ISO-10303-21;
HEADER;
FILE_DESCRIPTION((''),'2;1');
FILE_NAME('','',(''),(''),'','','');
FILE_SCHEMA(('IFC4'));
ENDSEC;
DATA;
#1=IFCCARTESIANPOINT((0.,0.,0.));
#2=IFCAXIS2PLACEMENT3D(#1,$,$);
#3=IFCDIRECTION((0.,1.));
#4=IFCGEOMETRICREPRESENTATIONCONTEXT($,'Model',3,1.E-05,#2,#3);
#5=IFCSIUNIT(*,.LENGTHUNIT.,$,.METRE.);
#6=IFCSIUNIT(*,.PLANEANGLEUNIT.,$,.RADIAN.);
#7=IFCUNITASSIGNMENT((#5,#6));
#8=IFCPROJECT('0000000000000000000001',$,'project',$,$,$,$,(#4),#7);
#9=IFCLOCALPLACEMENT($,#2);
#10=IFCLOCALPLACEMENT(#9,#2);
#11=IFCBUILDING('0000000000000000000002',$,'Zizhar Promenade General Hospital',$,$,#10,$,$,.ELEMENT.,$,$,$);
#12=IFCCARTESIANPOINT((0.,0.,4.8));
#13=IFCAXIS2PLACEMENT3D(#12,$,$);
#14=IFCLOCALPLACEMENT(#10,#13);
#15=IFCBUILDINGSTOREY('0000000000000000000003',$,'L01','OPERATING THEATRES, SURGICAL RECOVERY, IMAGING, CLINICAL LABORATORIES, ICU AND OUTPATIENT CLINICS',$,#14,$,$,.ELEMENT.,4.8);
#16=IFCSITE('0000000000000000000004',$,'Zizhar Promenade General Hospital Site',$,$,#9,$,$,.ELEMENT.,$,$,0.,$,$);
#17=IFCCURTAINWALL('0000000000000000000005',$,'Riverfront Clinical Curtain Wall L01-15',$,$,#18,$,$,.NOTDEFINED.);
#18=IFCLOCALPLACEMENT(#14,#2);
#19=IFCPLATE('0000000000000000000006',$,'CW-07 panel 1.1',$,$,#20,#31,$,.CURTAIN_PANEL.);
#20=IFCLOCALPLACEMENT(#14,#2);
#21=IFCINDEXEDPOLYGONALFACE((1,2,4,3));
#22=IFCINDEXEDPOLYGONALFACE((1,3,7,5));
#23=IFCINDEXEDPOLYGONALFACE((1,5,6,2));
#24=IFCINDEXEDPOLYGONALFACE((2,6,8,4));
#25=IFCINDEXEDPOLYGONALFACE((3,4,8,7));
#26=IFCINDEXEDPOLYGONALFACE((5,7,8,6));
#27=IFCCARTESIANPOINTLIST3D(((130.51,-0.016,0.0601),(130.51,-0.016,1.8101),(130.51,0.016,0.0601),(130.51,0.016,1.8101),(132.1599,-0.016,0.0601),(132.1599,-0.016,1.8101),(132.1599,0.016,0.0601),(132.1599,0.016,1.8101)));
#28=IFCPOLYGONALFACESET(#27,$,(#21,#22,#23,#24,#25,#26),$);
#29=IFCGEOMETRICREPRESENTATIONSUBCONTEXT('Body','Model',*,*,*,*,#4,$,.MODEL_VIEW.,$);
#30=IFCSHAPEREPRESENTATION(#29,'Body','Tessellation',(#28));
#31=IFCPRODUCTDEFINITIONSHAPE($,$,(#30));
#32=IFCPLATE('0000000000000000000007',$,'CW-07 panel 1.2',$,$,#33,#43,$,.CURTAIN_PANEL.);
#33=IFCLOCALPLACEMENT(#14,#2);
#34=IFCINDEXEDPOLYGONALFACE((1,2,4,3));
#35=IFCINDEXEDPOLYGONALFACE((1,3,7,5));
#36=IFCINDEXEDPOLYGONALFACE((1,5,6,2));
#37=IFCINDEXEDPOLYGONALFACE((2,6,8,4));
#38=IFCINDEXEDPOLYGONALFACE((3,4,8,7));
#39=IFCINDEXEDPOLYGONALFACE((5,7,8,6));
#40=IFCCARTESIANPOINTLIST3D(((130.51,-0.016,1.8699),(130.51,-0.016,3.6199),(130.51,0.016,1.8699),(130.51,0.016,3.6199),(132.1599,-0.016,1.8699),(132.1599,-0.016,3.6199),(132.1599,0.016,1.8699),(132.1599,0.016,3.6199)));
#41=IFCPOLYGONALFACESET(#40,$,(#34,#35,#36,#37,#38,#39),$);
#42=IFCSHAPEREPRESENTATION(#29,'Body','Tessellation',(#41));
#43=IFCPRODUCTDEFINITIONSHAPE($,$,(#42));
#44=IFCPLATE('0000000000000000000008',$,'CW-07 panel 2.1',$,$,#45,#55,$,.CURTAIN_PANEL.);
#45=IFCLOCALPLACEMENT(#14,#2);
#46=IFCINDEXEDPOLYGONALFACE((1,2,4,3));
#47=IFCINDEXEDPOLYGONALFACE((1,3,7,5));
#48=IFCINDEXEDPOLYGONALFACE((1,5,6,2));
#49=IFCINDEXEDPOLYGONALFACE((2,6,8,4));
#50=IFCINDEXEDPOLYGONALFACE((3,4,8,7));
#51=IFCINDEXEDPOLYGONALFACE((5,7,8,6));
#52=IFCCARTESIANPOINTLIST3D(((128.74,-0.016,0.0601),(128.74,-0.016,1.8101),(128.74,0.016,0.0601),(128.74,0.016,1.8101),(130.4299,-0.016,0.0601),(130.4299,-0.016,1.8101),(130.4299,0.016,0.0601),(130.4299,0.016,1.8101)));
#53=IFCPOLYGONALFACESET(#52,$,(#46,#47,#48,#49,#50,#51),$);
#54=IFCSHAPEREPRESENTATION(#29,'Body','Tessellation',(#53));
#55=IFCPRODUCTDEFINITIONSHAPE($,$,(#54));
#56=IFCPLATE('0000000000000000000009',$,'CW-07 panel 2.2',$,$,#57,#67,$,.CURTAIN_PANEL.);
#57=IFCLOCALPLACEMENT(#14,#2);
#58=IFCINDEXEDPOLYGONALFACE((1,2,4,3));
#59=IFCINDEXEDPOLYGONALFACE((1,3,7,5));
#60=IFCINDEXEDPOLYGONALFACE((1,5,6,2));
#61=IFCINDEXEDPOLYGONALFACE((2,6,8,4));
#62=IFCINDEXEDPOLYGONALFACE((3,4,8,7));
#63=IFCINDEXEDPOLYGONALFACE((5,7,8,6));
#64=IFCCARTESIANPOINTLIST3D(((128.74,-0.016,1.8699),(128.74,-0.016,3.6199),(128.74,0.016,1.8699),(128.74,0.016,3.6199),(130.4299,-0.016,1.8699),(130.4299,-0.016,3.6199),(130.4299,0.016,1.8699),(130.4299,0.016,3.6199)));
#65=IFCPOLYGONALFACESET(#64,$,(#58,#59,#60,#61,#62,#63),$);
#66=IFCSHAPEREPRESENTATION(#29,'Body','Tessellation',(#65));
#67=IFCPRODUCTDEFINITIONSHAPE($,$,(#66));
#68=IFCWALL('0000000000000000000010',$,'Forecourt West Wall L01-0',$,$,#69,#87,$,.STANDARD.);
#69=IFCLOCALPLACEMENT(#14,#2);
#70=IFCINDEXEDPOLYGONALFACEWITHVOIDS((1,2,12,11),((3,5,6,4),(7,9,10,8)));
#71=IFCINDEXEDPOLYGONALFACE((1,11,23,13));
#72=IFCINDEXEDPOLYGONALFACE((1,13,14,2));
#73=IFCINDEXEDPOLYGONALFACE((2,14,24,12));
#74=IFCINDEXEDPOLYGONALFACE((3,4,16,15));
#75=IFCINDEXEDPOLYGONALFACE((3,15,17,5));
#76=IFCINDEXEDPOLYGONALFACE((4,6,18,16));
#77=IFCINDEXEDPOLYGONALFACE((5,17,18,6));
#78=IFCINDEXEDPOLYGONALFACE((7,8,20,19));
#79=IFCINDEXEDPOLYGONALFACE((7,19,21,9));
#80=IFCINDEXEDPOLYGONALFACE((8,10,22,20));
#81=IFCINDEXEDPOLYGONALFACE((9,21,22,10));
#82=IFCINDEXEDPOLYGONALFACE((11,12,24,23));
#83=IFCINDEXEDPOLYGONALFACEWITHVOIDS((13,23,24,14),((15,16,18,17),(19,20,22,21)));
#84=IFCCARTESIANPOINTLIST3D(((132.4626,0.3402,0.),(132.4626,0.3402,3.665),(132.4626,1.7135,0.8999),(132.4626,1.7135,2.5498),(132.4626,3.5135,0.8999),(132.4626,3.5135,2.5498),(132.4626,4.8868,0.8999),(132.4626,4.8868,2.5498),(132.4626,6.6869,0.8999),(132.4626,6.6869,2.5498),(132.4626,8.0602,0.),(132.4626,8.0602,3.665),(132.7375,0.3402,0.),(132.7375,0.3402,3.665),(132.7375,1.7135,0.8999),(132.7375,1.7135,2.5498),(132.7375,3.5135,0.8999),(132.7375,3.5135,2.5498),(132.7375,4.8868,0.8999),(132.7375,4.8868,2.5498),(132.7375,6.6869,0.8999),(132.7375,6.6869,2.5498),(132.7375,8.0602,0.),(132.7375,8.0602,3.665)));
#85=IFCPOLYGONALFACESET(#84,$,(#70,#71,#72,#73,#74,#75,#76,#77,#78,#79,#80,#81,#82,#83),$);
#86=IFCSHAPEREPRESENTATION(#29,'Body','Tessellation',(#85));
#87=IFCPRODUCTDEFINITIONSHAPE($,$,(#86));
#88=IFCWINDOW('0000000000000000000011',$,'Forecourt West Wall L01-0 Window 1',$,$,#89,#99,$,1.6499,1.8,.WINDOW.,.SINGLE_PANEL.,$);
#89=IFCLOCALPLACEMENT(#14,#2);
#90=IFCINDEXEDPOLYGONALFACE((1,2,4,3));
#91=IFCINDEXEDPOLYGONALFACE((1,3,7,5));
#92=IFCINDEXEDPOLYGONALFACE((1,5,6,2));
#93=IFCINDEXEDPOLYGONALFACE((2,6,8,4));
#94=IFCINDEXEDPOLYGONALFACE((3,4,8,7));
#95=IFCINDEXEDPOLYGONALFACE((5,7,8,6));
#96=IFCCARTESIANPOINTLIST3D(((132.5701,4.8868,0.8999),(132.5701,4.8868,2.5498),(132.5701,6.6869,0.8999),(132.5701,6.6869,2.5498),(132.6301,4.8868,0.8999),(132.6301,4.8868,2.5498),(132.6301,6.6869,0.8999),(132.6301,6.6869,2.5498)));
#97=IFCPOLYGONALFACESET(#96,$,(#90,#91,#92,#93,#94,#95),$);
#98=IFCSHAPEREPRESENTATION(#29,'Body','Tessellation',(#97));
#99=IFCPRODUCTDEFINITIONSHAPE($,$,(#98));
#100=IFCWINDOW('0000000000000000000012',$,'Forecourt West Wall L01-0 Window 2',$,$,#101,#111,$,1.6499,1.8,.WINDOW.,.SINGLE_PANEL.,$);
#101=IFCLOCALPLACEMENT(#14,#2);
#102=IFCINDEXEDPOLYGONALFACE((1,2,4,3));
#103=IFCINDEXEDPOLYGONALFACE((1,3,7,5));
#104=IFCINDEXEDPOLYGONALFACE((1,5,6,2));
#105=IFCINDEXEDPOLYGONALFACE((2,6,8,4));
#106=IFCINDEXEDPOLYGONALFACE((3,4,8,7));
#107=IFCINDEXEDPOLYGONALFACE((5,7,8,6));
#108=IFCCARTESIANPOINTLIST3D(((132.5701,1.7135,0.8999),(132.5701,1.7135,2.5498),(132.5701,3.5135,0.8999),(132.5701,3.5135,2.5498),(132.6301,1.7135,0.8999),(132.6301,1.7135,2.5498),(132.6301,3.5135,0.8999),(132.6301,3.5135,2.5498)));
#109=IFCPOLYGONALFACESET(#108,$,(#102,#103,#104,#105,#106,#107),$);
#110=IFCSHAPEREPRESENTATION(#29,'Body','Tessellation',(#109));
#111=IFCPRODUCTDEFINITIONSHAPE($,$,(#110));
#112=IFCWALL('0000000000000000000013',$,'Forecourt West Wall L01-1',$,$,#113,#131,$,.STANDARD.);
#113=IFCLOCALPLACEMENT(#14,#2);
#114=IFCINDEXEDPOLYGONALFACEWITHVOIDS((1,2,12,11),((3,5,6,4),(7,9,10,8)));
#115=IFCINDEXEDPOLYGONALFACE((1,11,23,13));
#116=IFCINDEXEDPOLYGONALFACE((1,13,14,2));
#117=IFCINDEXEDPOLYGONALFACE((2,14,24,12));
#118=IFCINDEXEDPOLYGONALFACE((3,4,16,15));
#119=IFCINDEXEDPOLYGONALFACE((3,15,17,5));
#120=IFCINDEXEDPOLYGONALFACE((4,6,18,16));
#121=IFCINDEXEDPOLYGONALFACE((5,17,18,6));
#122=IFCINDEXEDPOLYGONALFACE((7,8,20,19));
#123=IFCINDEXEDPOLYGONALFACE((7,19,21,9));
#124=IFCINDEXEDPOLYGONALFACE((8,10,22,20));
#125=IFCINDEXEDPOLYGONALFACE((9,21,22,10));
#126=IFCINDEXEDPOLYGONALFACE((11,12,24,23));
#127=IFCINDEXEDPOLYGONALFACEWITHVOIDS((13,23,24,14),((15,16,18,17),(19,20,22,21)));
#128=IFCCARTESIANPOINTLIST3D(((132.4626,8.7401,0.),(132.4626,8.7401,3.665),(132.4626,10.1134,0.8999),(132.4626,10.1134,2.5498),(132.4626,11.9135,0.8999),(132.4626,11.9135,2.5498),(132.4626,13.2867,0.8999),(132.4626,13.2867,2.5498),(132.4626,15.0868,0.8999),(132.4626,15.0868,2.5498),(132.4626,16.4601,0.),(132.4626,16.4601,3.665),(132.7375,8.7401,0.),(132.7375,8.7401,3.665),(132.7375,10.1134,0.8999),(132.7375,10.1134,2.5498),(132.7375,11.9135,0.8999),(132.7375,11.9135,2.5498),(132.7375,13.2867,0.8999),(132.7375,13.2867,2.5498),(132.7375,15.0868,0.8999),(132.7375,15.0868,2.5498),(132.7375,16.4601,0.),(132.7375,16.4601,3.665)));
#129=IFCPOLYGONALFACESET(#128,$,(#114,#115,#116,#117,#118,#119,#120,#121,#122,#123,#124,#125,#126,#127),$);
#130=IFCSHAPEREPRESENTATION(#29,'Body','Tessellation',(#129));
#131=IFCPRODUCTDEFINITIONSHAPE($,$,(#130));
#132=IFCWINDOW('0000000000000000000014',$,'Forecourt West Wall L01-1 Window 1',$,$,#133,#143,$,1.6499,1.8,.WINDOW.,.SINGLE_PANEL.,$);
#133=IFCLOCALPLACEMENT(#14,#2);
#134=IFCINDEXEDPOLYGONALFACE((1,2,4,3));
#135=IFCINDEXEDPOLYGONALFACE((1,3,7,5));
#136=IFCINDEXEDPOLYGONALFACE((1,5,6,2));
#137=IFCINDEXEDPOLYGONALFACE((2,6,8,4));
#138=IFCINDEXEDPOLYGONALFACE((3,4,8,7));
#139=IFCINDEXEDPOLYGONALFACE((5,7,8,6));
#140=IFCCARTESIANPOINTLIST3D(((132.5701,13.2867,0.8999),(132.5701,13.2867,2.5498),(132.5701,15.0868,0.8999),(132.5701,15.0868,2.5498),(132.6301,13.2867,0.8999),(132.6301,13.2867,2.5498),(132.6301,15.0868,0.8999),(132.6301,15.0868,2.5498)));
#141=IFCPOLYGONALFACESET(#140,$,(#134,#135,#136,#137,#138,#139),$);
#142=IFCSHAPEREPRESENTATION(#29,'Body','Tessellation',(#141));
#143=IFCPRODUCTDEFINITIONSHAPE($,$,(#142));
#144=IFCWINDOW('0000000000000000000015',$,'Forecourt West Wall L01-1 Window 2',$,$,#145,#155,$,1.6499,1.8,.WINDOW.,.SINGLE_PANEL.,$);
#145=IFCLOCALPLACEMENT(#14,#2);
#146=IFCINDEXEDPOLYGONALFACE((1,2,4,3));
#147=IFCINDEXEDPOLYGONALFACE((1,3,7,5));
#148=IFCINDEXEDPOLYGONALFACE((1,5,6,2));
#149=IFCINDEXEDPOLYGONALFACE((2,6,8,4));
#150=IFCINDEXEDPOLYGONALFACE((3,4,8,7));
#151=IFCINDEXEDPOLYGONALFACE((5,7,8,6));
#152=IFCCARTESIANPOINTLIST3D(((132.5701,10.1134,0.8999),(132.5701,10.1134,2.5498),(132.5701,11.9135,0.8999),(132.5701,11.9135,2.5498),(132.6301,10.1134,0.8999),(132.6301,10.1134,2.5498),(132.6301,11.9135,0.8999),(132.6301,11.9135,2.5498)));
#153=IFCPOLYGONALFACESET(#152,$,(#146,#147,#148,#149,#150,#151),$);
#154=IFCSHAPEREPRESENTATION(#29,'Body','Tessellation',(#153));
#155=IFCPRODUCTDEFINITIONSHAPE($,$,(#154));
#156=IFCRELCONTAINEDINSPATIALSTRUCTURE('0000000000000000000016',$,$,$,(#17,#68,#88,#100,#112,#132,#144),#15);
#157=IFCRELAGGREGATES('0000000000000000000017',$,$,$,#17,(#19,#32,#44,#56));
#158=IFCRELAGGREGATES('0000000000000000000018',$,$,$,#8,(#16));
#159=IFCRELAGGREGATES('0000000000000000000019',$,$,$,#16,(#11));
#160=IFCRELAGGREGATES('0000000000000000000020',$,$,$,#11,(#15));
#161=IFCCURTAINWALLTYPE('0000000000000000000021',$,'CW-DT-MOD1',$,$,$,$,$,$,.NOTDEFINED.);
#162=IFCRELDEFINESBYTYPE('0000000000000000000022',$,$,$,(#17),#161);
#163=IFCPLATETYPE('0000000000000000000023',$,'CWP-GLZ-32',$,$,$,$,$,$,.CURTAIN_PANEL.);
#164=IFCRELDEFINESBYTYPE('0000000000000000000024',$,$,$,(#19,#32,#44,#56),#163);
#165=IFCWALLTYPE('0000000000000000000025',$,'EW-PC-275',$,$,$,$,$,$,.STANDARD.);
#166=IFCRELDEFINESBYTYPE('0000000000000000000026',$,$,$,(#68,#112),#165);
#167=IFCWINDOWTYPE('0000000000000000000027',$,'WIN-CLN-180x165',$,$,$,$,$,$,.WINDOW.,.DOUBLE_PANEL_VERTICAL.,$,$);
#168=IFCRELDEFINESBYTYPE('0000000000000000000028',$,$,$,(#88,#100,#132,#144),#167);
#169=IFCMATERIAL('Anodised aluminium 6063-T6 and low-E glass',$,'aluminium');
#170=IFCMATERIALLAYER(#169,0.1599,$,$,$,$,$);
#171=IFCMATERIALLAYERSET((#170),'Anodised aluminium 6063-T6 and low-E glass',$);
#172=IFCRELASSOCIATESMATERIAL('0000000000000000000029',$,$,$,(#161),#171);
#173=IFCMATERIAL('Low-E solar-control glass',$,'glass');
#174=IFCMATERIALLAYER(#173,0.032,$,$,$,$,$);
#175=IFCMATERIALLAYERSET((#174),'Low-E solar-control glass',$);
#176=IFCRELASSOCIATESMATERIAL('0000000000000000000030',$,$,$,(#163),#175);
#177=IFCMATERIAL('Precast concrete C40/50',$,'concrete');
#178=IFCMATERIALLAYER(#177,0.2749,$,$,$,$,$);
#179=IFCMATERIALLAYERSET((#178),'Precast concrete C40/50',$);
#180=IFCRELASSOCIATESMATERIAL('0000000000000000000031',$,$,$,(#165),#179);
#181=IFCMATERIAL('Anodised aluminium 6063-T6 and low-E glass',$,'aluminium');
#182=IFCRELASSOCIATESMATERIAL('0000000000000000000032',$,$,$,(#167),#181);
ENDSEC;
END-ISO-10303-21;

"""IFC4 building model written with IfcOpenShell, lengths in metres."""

from ifc_helpers import new_model, si_unit, direction, frame, frame_2d, origin, origin_2d, place, context, subcontext, project, spatial, rectangle, extrude, material, layer, layer_set, type_object, element, fill, aggregate, save


model = new_model("IFC4")

# Units and contexts
model_context = context("Model", 3, precision=1e-05, world=origin(), true_north=direction((0.0, 1.0)))
body_context = subcontext(model_context, "Body", "Model", "MODEL_VIEW")
ifc_project = project(units=[si_unit("LENGTHUNIT", "METRE"), si_unit("PLANEANGLEUNIT", "RADIAN")], contexts=[model_context])

# Site, building, storey
site_placement = place(None, origin())
site = spatial("IfcSite", under=ifc_project, at=site_placement, Name="Zizhar Promenade General Hospital Site", CompositionType="ELEMENT", RefElevation=0.0)
building_placement = place(site_placement, origin())
building = spatial("IfcBuilding", under=site, at=building_placement, Name="Zizhar Promenade General Hospital", CompositionType="ELEMENT")
storey_placement = place(building_placement, frame((0.0, 0.0, 4.8)))
storey = spatial("IfcBuildingStorey", under=building, at=storey_placement, Name="L01", Description="OPERATING THEATRES, SURGICAL RECOVERY, IMAGING, CLINICAL LABORATORIES, ICU AND OUTPATIENT CLINICS", CompositionType="ELEMENT", Elevation=4.8)

# Curtain wall, plates
ifc_material_1 = material(Name="Anodised aluminium 6063-T6 and low-E glass", Category="aluminium")
ifc_layer_1 = layer(ifc_material_1, 0.1599)
ifc_layer_set_1 = layer_set([ifc_layer_1], Name="Anodised aluminium 6063-T6 and low-E glass")
curtain_wall_type = type_object("IfcCurtainWallType", Name="CW-DT-MOD1", PredefinedType="NOTDEFINED", material=ifc_layer_set_1)
curtain_wall_placement = place(storey_placement, origin())
curtain_wall = element("IfcCurtainWall", 1, at=curtain_wall_placement, inside=storey, type_object=curtain_wall_type, Name="Riverfront Clinical Curtain Wall L01-15", PredefinedType="NOTDEFINED")
ifc_material_2 = material(Name="Low-E solar-control glass", Category="glass")
ifc_layer_2 = layer(ifc_material_2, 0.032)
ifc_layer_set_2 = layer_set([ifc_layer_2], Name="Low-E solar-control glass")
plate_type = type_object("IfcPlateType", Name="CWP-GLZ-32", PredefinedType="CURTAIN_PANEL", material=ifc_layer_set_2)
plate_1_placement = place(storey_placement, frame((131.335, 0.0, 0.0601), z_axis=(0.0, 0.0, 1.0), x_axis=(-1.0, 0.0, 0.0)))
plate_1 = element("IfcPlate", 2, at=plate_1_placement, type_object=plate_type, Name="CW-07 panel 1.1", PredefinedType="CURTAIN_PANEL", context=body_context, shape_type="SweptSolid", body=[
    extrude(rectangle(XDim=1.6499, YDim=0.032, at=origin_2d()), origin(), (0.0, 0.0, 1.0), 1.75),
])
plate_2_placement = place(storey_placement, frame((131.335, 0.0, 1.8699), z_axis=(0.0, 0.0, 1.0), x_axis=(-1.0, 0.0, 0.0)))
plate_2 = element("IfcPlate", 3, at=plate_2_placement, type_object=plate_type, Name="CW-07 panel 1.2", PredefinedType="CURTAIN_PANEL", context=body_context, shape_type="SweptSolid", body=[
    extrude(rectangle(XDim=1.6499, YDim=0.032, at=origin_2d()), origin(), (0.0, 0.0, 1.0), 1.75),
])
plate_3_placement = place(storey_placement, frame((129.585, 0.0, 0.0601), z_axis=(0.0, 0.0, 1.0), x_axis=(-1.0, 0.0, 0.0)))
plate_3 = element("IfcPlate", 4, at=plate_3_placement, type_object=plate_type, Name="CW-07 panel 2.1", PredefinedType="CURTAIN_PANEL", context=body_context, shape_type="SweptSolid", body=[
    extrude(rectangle(XDim=1.6899, YDim=0.032, at=origin_2d()), origin(), (0.0, 0.0, 1.0), 1.75),
])
plate_4_placement = place(storey_placement, frame((129.585, 0.0, 1.8699), z_axis=(0.0, 0.0, 1.0), x_axis=(-1.0, 0.0, 0.0)))
plate_4 = element("IfcPlate", 5, at=plate_4_placement, type_object=plate_type, Name="CW-07 panel 2.2", PredefinedType="CURTAIN_PANEL", context=body_context, shape_type="SweptSolid", body=[
    extrude(rectangle(XDim=1.6899, YDim=0.032, at=origin_2d()), origin(), (0.0, 0.0, 1.0), 1.75),
])
aggregate(curtain_wall, [plate_1, plate_2, plate_3, plate_4])

# Walls, openings, windows
ifc_material_3 = material(Name="Precast concrete C40/50", Category="concrete")
ifc_layer_3 = layer(ifc_material_3, 0.2749)
ifc_layer_set_3 = layer_set([ifc_layer_3], Name="Precast concrete C40/50")
wall_type = type_object("IfcWallType", Name="EW-PC-275", PredefinedType="STANDARD", material=ifc_layer_set_3)
wall_1_placement = place(storey_placement, frame((132.6001, 8.0601, 0.0), z_axis=(0.0, 0.0, 1.0), x_axis=(0.0, -1.0, 0.0)))
wall_1 = element("IfcWall", 6, at=wall_1_placement, inside=storey, type_object=wall_type, Name="Forecourt West Wall L01-0", PredefinedType="STANDARD", context=body_context, shape_type="SweptSolid", body=[
    extrude(rectangle(XDim=7.72, YDim=0.2749, at=frame_2d((3.8599, 0.0))), origin(), (0.0, 0.0, 1.0), 3.665),
])
opening_1_placement = place(wall_1_placement, frame((1.3733, 0.0, 0.8999)))
opening_1 = element("IfcOpeningElement", 7, at=opening_1_placement, cuts=wall_1, PredefinedType="OPENING", context=body_context, shape_type="SweptSolid", body=[
    extrude(rectangle(XDim=1.8, YDim=1.6499, at=frame_2d((0.8999, 0.825))), frame((0.0, 0.1475, 0.0), z_axis=(0.0, -1.0, 0.0), x_axis=(1.0, 0.0, 0.0)), (0.0, 0.0, 1.0), 0.2949),
])
opening_2_placement = place(wall_1_placement, frame((4.5466, 0.0, 0.8999)))
opening_2 = element("IfcOpeningElement", 8, at=opening_2_placement, cuts=wall_1, PredefinedType="OPENING", context=body_context, shape_type="SweptSolid", body=[
    extrude(rectangle(XDim=1.8, YDim=1.6499, at=frame_2d((0.8999, 0.825))), frame((0.0, 0.1475, 0.0), z_axis=(0.0, -1.0, 0.0), x_axis=(1.0, 0.0, 0.0)), (0.0, 0.0, 1.0), 0.2949),
])
ifc_material_4 = material(Name="Anodised aluminium 6063-T6 and low-E glass", Category="aluminium")
window_type = type_object("IfcWindowType", Name="WIN-CLN-180x165", PartitioningType="DOUBLE_PANEL_VERTICAL", PredefinedType="WINDOW", material=ifc_material_4)
window_1_placement = place(opening_1_placement, origin())
window_1 = element("IfcWindow", 9, at=window_1_placement, inside=storey, type_object=window_type, Name="Forecourt West Wall L01-0 Window 1", OverallHeight=1.6499, OverallWidth=1.8, PartitioningType="SINGLE_PANEL", PredefinedType="WINDOW", context=body_context, shape_type="SweptSolid", body=[
    extrude(rectangle(XDim=1.8, YDim=1.6499, at=frame_2d((0.8999, 0.825))), frame((0.0, 0.03, 0.0), z_axis=(0.0, -1.0, 0.0), x_axis=(1.0, 0.0, 0.0)), (0.0, 0.0, 1.0), 0.0601),
])
fill(opening_1, window_1)
window_2_placement = place(opening_2_placement, origin())
window_2 = element("IfcWindow", 10, at=window_2_placement, inside=storey, type_object=window_type, Name="Forecourt West Wall L01-0 Window 2", OverallHeight=1.6499, OverallWidth=1.8, PartitioningType="SINGLE_PANEL", PredefinedType="WINDOW", context=body_context, shape_type="SweptSolid", body=[
    extrude(rectangle(XDim=1.8, YDim=1.6499, at=frame_2d((0.8999, 0.825))), frame((0.0, 0.03, 0.0), z_axis=(0.0, -1.0, 0.0), x_axis=(1.0, 0.0, 0.0)), (0.0, 0.0, 1.0), 0.0601),
])
fill(opening_2, window_2)
wall_2_placement = place(storey_placement, frame((132.6001, 16.46, 0.0), z_axis=(0.0, 0.0, 1.0), x_axis=(0.0, -1.0, 0.0)))
wall_2 = element("IfcWall", 11, at=wall_2_placement, inside=storey, type_object=wall_type, Name="Forecourt West Wall L01-1", PredefinedType="STANDARD", context=body_context, shape_type="SweptSolid", body=[
    extrude(rectangle(XDim=7.72, YDim=0.2749, at=frame_2d((3.8599, 0.0))), origin(), (0.0, 0.0, 1.0), 3.665),
])
opening_3_placement = place(wall_2_placement, frame((1.3733, 0.0, 0.8999)))
opening_3 = element("IfcOpeningElement", 12, at=opening_3_placement, cuts=wall_2, PredefinedType="OPENING", context=body_context, shape_type="SweptSolid", body=[
    extrude(rectangle(XDim=1.8, YDim=1.6499, at=frame_2d((0.8999, 0.825))), frame((0.0, 0.1475, 0.0), z_axis=(0.0, -1.0, 0.0), x_axis=(1.0, 0.0, 0.0)), (0.0, 0.0, 1.0), 0.2949),
])
opening_4_placement = place(wall_2_placement, frame((4.5466, 0.0, 0.8999)))
opening_4 = element("IfcOpeningElement", 13, at=opening_4_placement, cuts=wall_2, PredefinedType="OPENING", context=body_context, shape_type="SweptSolid", body=[
    extrude(rectangle(XDim=1.8, YDim=1.6499, at=frame_2d((0.8999, 0.825))), frame((0.0, 0.1475, 0.0), z_axis=(0.0, -1.0, 0.0), x_axis=(1.0, 0.0, 0.0)), (0.0, 0.0, 1.0), 0.2949),
])
window_3_placement = place(opening_3_placement, origin())
window_3 = element("IfcWindow", 14, at=window_3_placement, inside=storey, type_object=window_type, Name="Forecourt West Wall L01-1 Window 1", OverallHeight=1.6499, OverallWidth=1.8, PartitioningType="SINGLE_PANEL", PredefinedType="WINDOW", context=body_context, shape_type="SweptSolid", body=[
    extrude(rectangle(XDim=1.8, YDim=1.6499, at=frame_2d((0.8999, 0.825))), frame((0.0, 0.03, 0.0), z_axis=(0.0, -1.0, 0.0), x_axis=(1.0, 0.0, 0.0)), (0.0, 0.0, 1.0), 0.0601),
])
fill(opening_3, window_3)
window_4_placement = place(opening_4_placement, origin())
window_4 = element("IfcWindow", 15, at=window_4_placement, inside=storey, type_object=window_type, Name="Forecourt West Wall L01-1 Window 2", OverallHeight=1.6499, OverallWidth=1.8, PartitioningType="SINGLE_PANEL", PredefinedType="WINDOW", context=body_context, shape_type="SweptSolid", body=[
    extrude(rectangle(XDim=1.8, YDim=1.6499, at=frame_2d((0.8999, 0.825))), frame((0.0, 0.03, 0.0), z_axis=(0.0, -1.0, 0.0), x_axis=(1.0, 0.0, 0.0)), (0.0, 0.0, 1.0), 0.0601),
])
fill(opening_4, window_4)

save(model, "model.ifc")
